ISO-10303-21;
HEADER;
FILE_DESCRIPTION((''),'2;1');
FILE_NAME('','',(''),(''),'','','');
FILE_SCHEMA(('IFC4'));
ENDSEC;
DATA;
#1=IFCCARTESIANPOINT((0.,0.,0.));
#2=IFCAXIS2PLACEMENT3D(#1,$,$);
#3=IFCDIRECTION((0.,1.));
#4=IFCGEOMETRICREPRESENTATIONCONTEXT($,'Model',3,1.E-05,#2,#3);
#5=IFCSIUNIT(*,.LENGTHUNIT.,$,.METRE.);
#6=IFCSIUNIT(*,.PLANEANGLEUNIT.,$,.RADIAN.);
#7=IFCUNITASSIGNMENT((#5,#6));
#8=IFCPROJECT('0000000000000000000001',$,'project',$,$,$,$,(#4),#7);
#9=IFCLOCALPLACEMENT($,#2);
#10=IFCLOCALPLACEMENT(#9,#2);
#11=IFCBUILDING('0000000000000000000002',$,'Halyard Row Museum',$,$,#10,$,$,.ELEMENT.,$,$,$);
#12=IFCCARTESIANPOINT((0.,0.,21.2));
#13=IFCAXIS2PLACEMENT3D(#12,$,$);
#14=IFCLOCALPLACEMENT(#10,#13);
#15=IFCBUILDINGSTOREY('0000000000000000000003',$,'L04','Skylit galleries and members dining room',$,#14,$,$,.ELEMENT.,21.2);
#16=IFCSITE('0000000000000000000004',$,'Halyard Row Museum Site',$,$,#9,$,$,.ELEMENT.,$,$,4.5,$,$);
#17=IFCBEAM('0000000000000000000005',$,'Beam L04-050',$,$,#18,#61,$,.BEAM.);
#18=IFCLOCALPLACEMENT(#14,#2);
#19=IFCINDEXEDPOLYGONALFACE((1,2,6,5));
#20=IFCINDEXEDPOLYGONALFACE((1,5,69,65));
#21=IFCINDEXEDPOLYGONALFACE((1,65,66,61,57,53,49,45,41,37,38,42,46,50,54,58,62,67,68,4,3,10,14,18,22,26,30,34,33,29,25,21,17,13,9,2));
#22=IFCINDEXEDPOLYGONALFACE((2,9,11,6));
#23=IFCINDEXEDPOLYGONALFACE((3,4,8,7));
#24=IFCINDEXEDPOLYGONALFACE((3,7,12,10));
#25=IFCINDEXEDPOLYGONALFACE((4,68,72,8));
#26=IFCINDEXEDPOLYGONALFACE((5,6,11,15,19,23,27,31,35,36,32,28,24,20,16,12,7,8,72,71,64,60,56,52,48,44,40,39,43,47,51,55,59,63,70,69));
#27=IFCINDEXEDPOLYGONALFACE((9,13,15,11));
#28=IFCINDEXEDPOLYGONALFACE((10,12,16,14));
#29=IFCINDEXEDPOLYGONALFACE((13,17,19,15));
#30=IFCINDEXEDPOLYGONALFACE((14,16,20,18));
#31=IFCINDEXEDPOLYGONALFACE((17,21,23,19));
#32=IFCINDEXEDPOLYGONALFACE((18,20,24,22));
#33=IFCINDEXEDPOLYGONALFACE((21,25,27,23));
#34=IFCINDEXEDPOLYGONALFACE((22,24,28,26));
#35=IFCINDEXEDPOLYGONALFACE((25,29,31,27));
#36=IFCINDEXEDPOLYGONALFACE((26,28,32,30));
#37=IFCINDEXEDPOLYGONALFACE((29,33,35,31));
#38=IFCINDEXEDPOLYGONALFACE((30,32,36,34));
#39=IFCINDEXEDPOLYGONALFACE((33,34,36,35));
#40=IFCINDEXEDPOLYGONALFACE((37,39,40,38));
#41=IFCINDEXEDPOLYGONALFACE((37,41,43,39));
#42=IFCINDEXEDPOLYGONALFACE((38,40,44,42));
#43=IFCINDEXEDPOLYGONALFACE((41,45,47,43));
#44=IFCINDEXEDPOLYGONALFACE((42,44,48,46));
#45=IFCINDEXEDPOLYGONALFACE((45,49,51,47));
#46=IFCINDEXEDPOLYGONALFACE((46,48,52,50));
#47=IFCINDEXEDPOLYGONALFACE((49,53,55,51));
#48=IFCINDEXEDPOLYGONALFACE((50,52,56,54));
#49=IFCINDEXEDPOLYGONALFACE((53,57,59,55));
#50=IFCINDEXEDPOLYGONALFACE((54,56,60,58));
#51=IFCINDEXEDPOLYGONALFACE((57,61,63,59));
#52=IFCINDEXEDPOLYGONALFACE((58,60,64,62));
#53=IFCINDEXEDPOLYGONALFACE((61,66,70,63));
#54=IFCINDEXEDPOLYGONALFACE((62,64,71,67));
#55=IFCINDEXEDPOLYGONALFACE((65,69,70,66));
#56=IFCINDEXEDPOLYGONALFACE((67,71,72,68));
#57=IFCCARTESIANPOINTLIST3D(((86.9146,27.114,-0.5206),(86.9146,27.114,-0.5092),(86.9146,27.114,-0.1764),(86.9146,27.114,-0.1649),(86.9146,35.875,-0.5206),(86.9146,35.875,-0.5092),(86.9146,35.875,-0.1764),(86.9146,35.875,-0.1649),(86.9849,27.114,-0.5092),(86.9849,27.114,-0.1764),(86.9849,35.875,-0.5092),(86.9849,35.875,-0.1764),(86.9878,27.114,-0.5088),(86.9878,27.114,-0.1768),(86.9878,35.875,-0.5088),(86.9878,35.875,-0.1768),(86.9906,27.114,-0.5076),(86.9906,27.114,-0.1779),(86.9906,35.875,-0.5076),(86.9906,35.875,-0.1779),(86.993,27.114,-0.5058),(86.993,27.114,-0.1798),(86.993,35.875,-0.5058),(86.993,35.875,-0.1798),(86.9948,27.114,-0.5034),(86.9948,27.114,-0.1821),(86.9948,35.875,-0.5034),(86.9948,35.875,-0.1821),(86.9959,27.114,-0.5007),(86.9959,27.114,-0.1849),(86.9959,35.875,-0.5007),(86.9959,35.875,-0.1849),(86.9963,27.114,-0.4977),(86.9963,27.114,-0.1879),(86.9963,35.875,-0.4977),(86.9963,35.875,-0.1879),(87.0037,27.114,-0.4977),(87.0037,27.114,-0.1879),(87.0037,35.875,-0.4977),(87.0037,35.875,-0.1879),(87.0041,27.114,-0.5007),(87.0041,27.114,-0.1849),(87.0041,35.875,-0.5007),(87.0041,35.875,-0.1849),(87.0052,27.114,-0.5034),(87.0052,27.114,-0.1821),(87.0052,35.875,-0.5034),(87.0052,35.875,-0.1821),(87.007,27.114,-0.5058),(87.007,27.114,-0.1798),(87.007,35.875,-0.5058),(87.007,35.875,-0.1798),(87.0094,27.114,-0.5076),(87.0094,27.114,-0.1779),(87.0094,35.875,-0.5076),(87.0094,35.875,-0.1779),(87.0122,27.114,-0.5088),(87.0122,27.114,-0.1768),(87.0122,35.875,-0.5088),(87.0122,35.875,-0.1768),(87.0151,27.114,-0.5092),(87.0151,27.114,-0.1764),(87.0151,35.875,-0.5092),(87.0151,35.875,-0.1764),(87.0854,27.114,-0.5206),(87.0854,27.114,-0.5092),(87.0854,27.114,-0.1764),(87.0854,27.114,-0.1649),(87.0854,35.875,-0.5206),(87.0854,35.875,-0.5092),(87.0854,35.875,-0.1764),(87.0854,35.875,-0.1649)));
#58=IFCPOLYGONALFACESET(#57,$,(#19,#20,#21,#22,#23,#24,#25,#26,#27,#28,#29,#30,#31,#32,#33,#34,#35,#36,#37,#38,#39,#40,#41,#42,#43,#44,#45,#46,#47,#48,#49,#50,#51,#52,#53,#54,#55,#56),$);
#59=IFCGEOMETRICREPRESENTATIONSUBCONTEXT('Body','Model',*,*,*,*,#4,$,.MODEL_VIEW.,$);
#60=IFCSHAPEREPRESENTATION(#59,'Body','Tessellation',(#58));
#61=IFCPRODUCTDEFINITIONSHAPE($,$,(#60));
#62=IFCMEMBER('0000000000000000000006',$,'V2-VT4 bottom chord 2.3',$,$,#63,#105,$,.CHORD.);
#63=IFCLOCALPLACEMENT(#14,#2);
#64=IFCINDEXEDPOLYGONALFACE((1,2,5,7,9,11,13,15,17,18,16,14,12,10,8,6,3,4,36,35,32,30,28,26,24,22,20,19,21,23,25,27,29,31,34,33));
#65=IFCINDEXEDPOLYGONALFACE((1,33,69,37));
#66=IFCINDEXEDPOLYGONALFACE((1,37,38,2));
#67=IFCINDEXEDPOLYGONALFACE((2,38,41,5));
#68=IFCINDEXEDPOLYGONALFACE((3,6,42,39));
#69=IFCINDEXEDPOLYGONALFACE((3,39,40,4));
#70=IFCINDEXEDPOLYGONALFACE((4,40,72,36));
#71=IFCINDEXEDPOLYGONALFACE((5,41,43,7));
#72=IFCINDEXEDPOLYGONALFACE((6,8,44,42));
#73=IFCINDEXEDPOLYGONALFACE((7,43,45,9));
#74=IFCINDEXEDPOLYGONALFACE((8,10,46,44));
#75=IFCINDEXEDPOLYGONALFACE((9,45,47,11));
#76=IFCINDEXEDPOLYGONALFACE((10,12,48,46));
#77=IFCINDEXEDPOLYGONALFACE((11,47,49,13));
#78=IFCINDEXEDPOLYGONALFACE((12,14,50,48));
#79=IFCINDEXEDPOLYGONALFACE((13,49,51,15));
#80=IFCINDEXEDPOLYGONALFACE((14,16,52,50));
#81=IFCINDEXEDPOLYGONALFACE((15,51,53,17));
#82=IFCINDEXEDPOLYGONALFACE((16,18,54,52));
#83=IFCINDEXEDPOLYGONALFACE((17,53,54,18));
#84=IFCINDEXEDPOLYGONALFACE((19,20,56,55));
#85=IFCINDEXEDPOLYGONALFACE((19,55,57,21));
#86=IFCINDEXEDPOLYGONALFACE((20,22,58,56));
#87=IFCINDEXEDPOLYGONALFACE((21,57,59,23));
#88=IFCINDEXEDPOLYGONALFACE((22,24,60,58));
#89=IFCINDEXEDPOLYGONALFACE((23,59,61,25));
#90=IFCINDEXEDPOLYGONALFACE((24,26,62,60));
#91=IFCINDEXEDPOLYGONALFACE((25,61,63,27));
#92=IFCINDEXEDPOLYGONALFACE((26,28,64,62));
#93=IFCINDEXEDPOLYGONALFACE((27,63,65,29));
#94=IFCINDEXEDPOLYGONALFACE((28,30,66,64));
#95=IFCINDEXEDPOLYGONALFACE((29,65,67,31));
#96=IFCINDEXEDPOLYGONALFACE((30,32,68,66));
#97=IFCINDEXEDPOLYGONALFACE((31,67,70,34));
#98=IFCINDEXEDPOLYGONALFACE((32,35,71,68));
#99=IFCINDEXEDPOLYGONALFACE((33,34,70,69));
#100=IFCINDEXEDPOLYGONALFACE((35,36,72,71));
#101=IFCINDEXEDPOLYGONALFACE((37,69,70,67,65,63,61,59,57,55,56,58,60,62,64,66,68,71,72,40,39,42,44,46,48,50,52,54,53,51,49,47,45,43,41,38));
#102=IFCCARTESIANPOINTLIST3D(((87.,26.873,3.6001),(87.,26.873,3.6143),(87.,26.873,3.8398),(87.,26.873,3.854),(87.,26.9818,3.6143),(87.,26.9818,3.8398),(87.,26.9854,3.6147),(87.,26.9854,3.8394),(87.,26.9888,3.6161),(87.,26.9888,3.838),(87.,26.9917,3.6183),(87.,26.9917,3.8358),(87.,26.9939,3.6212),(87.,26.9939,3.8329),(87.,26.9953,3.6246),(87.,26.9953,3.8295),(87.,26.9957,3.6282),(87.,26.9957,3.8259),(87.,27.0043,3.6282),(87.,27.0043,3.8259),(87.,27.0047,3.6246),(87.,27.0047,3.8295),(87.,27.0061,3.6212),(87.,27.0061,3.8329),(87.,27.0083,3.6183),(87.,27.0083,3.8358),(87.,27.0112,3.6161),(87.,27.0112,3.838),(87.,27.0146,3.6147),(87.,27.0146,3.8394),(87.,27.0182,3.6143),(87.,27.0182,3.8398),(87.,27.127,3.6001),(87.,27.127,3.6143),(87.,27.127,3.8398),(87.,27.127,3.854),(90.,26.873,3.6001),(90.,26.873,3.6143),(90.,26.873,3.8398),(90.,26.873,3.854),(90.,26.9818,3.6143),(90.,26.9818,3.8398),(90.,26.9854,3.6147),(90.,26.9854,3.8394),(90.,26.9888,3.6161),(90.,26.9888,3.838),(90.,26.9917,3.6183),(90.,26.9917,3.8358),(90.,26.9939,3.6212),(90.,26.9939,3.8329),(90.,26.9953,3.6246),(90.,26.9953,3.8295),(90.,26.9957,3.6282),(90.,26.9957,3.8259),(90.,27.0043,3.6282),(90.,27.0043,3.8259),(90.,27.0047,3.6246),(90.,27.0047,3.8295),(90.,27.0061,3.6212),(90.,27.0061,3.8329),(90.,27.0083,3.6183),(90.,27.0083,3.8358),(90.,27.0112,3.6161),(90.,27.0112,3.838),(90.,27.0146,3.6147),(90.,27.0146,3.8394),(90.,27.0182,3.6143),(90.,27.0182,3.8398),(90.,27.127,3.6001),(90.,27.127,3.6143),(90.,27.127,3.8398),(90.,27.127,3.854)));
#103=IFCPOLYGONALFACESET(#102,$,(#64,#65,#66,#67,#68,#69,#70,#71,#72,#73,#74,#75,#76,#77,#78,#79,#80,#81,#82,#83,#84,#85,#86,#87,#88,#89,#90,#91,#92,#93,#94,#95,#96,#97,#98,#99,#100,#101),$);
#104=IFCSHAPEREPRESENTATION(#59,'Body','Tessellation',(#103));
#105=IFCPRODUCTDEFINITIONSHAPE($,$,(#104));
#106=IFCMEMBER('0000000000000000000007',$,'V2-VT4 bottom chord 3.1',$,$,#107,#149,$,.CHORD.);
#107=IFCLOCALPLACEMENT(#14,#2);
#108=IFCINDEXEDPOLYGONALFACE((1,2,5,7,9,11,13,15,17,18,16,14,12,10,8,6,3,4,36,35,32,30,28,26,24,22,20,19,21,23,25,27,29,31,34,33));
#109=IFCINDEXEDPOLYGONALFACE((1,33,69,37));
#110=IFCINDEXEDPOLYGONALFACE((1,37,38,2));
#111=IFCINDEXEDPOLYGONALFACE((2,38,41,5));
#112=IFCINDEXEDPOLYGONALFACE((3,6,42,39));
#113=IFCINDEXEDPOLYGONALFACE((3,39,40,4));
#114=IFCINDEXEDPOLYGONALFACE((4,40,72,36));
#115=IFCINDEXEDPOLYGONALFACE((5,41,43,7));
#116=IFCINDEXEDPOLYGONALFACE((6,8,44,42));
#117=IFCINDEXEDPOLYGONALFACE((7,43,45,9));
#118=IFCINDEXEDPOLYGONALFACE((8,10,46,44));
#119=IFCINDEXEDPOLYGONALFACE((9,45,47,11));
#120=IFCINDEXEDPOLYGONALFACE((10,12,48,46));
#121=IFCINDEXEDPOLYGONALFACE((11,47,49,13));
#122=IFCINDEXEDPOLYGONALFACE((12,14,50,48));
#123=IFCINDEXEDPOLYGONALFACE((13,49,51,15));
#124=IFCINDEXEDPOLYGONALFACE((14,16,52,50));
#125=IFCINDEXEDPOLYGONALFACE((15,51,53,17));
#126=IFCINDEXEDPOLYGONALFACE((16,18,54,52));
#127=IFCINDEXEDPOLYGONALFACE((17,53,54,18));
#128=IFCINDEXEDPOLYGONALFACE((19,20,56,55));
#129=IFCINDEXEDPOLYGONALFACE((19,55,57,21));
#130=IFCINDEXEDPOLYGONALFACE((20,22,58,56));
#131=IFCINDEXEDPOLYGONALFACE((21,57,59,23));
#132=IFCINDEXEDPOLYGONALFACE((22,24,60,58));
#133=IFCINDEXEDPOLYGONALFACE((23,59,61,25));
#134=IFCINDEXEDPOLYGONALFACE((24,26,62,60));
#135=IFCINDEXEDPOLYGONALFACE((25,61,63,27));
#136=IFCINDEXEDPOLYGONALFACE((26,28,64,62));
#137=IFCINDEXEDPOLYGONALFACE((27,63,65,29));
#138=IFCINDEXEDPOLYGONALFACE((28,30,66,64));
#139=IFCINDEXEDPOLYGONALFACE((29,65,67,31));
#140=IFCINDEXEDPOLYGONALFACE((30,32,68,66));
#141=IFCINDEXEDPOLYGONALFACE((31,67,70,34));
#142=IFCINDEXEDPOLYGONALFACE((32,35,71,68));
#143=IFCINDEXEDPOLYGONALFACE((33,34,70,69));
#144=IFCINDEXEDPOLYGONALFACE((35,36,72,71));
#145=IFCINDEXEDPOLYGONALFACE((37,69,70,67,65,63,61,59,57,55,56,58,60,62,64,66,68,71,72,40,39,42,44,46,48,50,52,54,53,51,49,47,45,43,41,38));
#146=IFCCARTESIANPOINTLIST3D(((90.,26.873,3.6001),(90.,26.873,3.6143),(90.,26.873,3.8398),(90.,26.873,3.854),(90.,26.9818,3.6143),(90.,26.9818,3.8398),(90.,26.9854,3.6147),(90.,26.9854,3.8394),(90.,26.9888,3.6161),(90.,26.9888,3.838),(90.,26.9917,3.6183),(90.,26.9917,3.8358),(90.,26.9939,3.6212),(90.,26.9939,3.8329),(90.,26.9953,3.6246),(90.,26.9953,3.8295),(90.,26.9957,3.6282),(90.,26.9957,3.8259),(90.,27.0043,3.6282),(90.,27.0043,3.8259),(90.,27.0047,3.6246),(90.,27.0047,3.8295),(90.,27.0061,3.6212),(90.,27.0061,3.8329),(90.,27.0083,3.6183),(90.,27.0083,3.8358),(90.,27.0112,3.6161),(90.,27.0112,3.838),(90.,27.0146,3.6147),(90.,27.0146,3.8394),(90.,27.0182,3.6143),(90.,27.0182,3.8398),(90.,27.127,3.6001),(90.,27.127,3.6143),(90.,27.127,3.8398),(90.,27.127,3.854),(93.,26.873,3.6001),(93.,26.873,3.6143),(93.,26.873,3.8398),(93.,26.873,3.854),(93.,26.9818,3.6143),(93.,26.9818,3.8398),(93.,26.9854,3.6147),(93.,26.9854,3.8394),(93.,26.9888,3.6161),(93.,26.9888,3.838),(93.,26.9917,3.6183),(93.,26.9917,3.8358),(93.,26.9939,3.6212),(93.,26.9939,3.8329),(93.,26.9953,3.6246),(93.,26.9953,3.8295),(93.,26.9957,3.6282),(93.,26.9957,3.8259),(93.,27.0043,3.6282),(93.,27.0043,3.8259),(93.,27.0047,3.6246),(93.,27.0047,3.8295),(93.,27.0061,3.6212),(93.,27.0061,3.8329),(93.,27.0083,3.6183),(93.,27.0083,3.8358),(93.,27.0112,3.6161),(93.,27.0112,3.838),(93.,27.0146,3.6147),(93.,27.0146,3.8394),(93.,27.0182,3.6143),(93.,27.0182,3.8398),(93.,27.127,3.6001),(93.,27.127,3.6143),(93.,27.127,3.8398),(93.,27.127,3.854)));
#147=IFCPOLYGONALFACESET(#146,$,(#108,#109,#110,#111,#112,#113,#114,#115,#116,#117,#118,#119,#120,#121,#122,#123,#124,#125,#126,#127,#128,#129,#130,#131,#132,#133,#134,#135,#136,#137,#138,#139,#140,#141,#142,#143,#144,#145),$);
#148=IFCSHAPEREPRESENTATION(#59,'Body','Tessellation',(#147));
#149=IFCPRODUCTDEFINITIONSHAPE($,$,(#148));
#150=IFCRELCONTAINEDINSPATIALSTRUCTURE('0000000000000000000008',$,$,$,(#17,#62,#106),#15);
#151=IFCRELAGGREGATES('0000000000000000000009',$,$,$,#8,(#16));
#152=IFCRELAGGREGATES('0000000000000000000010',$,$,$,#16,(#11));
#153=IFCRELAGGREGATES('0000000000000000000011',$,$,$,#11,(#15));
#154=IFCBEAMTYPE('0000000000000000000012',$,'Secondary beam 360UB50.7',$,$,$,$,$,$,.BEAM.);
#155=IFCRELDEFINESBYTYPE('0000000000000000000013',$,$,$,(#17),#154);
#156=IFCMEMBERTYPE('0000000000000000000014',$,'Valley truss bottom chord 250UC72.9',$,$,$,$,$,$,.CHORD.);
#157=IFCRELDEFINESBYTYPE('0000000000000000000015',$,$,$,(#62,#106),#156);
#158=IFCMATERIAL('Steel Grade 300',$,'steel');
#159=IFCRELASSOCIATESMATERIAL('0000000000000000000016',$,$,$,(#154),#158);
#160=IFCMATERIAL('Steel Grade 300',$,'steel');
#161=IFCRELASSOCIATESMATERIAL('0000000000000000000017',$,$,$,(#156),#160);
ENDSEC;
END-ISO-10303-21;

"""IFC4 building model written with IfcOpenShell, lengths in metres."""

from ifc_helpers import new_model, si_unit, direction, frame, origin, origin_2d, place, context, subcontext, project, spatial, i_section, extrude, material, material_profile, profile_set, type_object, element, save


model = new_model("IFC4")

# Units and contexts
model_context = context("Model", 3, precision=1e-05, world=origin(), true_north=direction((0.0, 1.0)))
body_context = subcontext(model_context, "Body", "Model", "MODEL_VIEW")
ifc_project = project(units=[si_unit("LENGTHUNIT", "METRE"), si_unit("PLANEANGLEUNIT", "RADIAN")], contexts=[model_context])

# Site, building, storey
site_placement = place(None, origin())
site = spatial("IfcSite", under=ifc_project, at=site_placement, Name="Halyard Row Museum Site", CompositionType="ELEMENT", RefElevation=4.5)
building_placement = place(site_placement, origin())
building = spatial("IfcBuilding", under=site, at=building_placement, Name="Halyard Row Museum", CompositionType="ELEMENT")
storey_placement = place(building_placement, frame((0.0, 0.0, 21.2)))
storey = spatial("IfcBuildingStorey", under=building, at=storey_placement, Name="L04", Description="Skylit galleries and members dining room", CompositionType="ELEMENT", Elevation=21.2)

# Beam
ifc_material_1 = material(Name="Steel Grade 300", Category="steel")
ifc_material_profile_1 = material_profile(ifc_material_1, i_section(OverallWidth=0.1709, OverallDepth=0.3557, WebThickness=0.0073, FlangeThickness=0.0115, FilletRadius=0.0115, at=origin_2d()), Name="360UB50.7")
ifc_profile_set_1 = profile_set([ifc_material_profile_1], Name="Steel Grade 300")
beam_type_1 = type_object("IfcBeamType", Name="Secondary beam 360UB50.7", PredefinedType="BEAM", material=ifc_profile_set_1)
beam_1_placement = place(storey_placement, frame((87.0, 27.114, -0.3428), z_axis=(0.0, 1.0, 0.0), x_axis=(-1.0, 0.0, 0.0)))
element("IfcBeam", 1, at=beam_1_placement, inside=storey, type_object=beam_type_1, Name="Beam L04-050", PredefinedType="BEAM", context=body_context, shape_type="SweptSolid", body=[
    extrude(i_section(OverallWidth=0.1709, OverallDepth=0.3557, WebThickness=0.0073, FlangeThickness=0.0115, FilletRadius=0.0115, at=origin_2d()), origin(), (0.0, 0.0, 1.0), 8.761),
])

# Members
ifc_material_2 = material(Name="Steel Grade 300", Category="steel")
ifc_material_profile_2 = material_profile(ifc_material_2, i_section(OverallWidth=0.2539, OverallDepth=0.2539, WebThickness=0.0085, FlangeThickness=0.0142, FilletRadius=0.0139, at=origin_2d()), Name="250UC72.9")
ifc_profile_set_2 = profile_set([ifc_material_profile_2], Name="Steel Grade 300")
member_type_1 = type_object("IfcMemberType", Name="Valley truss bottom chord 250UC72.9", PredefinedType="CHORD", material=ifc_profile_set_2)
for number, where, z_axis, x_axis, name in (
    (2, (87.0, 27.0, 3.7271), (1.0, 0.0, 0.0), (0.0, 1.0, 0.0), "V2-VT4 bottom chord 2.3"),
    (3, (90.0, 27.0, 3.7271), (1.0, 0.0, 0.0), (0.0, 1.0, 0.0), "V2-VT4 bottom chord 3.1"),
):
    element("IfcMember", number, at=place(storey_placement, frame(where, z_axis=z_axis, x_axis=x_axis)), inside=storey, type_object=member_type_1, Name=name, PredefinedType="CHORD", context=body_context, shape_type="SweptSolid", body=[
        extrude(i_section(OverallWidth=0.2539, OverallDepth=0.2539, WebThickness=0.0085, FlangeThickness=0.0142, FilletRadius=0.0139, at=origin_2d()), origin(), (0.0, 0.0, 1.0), 3.0),
    ])

save(model, "model.ifc")
